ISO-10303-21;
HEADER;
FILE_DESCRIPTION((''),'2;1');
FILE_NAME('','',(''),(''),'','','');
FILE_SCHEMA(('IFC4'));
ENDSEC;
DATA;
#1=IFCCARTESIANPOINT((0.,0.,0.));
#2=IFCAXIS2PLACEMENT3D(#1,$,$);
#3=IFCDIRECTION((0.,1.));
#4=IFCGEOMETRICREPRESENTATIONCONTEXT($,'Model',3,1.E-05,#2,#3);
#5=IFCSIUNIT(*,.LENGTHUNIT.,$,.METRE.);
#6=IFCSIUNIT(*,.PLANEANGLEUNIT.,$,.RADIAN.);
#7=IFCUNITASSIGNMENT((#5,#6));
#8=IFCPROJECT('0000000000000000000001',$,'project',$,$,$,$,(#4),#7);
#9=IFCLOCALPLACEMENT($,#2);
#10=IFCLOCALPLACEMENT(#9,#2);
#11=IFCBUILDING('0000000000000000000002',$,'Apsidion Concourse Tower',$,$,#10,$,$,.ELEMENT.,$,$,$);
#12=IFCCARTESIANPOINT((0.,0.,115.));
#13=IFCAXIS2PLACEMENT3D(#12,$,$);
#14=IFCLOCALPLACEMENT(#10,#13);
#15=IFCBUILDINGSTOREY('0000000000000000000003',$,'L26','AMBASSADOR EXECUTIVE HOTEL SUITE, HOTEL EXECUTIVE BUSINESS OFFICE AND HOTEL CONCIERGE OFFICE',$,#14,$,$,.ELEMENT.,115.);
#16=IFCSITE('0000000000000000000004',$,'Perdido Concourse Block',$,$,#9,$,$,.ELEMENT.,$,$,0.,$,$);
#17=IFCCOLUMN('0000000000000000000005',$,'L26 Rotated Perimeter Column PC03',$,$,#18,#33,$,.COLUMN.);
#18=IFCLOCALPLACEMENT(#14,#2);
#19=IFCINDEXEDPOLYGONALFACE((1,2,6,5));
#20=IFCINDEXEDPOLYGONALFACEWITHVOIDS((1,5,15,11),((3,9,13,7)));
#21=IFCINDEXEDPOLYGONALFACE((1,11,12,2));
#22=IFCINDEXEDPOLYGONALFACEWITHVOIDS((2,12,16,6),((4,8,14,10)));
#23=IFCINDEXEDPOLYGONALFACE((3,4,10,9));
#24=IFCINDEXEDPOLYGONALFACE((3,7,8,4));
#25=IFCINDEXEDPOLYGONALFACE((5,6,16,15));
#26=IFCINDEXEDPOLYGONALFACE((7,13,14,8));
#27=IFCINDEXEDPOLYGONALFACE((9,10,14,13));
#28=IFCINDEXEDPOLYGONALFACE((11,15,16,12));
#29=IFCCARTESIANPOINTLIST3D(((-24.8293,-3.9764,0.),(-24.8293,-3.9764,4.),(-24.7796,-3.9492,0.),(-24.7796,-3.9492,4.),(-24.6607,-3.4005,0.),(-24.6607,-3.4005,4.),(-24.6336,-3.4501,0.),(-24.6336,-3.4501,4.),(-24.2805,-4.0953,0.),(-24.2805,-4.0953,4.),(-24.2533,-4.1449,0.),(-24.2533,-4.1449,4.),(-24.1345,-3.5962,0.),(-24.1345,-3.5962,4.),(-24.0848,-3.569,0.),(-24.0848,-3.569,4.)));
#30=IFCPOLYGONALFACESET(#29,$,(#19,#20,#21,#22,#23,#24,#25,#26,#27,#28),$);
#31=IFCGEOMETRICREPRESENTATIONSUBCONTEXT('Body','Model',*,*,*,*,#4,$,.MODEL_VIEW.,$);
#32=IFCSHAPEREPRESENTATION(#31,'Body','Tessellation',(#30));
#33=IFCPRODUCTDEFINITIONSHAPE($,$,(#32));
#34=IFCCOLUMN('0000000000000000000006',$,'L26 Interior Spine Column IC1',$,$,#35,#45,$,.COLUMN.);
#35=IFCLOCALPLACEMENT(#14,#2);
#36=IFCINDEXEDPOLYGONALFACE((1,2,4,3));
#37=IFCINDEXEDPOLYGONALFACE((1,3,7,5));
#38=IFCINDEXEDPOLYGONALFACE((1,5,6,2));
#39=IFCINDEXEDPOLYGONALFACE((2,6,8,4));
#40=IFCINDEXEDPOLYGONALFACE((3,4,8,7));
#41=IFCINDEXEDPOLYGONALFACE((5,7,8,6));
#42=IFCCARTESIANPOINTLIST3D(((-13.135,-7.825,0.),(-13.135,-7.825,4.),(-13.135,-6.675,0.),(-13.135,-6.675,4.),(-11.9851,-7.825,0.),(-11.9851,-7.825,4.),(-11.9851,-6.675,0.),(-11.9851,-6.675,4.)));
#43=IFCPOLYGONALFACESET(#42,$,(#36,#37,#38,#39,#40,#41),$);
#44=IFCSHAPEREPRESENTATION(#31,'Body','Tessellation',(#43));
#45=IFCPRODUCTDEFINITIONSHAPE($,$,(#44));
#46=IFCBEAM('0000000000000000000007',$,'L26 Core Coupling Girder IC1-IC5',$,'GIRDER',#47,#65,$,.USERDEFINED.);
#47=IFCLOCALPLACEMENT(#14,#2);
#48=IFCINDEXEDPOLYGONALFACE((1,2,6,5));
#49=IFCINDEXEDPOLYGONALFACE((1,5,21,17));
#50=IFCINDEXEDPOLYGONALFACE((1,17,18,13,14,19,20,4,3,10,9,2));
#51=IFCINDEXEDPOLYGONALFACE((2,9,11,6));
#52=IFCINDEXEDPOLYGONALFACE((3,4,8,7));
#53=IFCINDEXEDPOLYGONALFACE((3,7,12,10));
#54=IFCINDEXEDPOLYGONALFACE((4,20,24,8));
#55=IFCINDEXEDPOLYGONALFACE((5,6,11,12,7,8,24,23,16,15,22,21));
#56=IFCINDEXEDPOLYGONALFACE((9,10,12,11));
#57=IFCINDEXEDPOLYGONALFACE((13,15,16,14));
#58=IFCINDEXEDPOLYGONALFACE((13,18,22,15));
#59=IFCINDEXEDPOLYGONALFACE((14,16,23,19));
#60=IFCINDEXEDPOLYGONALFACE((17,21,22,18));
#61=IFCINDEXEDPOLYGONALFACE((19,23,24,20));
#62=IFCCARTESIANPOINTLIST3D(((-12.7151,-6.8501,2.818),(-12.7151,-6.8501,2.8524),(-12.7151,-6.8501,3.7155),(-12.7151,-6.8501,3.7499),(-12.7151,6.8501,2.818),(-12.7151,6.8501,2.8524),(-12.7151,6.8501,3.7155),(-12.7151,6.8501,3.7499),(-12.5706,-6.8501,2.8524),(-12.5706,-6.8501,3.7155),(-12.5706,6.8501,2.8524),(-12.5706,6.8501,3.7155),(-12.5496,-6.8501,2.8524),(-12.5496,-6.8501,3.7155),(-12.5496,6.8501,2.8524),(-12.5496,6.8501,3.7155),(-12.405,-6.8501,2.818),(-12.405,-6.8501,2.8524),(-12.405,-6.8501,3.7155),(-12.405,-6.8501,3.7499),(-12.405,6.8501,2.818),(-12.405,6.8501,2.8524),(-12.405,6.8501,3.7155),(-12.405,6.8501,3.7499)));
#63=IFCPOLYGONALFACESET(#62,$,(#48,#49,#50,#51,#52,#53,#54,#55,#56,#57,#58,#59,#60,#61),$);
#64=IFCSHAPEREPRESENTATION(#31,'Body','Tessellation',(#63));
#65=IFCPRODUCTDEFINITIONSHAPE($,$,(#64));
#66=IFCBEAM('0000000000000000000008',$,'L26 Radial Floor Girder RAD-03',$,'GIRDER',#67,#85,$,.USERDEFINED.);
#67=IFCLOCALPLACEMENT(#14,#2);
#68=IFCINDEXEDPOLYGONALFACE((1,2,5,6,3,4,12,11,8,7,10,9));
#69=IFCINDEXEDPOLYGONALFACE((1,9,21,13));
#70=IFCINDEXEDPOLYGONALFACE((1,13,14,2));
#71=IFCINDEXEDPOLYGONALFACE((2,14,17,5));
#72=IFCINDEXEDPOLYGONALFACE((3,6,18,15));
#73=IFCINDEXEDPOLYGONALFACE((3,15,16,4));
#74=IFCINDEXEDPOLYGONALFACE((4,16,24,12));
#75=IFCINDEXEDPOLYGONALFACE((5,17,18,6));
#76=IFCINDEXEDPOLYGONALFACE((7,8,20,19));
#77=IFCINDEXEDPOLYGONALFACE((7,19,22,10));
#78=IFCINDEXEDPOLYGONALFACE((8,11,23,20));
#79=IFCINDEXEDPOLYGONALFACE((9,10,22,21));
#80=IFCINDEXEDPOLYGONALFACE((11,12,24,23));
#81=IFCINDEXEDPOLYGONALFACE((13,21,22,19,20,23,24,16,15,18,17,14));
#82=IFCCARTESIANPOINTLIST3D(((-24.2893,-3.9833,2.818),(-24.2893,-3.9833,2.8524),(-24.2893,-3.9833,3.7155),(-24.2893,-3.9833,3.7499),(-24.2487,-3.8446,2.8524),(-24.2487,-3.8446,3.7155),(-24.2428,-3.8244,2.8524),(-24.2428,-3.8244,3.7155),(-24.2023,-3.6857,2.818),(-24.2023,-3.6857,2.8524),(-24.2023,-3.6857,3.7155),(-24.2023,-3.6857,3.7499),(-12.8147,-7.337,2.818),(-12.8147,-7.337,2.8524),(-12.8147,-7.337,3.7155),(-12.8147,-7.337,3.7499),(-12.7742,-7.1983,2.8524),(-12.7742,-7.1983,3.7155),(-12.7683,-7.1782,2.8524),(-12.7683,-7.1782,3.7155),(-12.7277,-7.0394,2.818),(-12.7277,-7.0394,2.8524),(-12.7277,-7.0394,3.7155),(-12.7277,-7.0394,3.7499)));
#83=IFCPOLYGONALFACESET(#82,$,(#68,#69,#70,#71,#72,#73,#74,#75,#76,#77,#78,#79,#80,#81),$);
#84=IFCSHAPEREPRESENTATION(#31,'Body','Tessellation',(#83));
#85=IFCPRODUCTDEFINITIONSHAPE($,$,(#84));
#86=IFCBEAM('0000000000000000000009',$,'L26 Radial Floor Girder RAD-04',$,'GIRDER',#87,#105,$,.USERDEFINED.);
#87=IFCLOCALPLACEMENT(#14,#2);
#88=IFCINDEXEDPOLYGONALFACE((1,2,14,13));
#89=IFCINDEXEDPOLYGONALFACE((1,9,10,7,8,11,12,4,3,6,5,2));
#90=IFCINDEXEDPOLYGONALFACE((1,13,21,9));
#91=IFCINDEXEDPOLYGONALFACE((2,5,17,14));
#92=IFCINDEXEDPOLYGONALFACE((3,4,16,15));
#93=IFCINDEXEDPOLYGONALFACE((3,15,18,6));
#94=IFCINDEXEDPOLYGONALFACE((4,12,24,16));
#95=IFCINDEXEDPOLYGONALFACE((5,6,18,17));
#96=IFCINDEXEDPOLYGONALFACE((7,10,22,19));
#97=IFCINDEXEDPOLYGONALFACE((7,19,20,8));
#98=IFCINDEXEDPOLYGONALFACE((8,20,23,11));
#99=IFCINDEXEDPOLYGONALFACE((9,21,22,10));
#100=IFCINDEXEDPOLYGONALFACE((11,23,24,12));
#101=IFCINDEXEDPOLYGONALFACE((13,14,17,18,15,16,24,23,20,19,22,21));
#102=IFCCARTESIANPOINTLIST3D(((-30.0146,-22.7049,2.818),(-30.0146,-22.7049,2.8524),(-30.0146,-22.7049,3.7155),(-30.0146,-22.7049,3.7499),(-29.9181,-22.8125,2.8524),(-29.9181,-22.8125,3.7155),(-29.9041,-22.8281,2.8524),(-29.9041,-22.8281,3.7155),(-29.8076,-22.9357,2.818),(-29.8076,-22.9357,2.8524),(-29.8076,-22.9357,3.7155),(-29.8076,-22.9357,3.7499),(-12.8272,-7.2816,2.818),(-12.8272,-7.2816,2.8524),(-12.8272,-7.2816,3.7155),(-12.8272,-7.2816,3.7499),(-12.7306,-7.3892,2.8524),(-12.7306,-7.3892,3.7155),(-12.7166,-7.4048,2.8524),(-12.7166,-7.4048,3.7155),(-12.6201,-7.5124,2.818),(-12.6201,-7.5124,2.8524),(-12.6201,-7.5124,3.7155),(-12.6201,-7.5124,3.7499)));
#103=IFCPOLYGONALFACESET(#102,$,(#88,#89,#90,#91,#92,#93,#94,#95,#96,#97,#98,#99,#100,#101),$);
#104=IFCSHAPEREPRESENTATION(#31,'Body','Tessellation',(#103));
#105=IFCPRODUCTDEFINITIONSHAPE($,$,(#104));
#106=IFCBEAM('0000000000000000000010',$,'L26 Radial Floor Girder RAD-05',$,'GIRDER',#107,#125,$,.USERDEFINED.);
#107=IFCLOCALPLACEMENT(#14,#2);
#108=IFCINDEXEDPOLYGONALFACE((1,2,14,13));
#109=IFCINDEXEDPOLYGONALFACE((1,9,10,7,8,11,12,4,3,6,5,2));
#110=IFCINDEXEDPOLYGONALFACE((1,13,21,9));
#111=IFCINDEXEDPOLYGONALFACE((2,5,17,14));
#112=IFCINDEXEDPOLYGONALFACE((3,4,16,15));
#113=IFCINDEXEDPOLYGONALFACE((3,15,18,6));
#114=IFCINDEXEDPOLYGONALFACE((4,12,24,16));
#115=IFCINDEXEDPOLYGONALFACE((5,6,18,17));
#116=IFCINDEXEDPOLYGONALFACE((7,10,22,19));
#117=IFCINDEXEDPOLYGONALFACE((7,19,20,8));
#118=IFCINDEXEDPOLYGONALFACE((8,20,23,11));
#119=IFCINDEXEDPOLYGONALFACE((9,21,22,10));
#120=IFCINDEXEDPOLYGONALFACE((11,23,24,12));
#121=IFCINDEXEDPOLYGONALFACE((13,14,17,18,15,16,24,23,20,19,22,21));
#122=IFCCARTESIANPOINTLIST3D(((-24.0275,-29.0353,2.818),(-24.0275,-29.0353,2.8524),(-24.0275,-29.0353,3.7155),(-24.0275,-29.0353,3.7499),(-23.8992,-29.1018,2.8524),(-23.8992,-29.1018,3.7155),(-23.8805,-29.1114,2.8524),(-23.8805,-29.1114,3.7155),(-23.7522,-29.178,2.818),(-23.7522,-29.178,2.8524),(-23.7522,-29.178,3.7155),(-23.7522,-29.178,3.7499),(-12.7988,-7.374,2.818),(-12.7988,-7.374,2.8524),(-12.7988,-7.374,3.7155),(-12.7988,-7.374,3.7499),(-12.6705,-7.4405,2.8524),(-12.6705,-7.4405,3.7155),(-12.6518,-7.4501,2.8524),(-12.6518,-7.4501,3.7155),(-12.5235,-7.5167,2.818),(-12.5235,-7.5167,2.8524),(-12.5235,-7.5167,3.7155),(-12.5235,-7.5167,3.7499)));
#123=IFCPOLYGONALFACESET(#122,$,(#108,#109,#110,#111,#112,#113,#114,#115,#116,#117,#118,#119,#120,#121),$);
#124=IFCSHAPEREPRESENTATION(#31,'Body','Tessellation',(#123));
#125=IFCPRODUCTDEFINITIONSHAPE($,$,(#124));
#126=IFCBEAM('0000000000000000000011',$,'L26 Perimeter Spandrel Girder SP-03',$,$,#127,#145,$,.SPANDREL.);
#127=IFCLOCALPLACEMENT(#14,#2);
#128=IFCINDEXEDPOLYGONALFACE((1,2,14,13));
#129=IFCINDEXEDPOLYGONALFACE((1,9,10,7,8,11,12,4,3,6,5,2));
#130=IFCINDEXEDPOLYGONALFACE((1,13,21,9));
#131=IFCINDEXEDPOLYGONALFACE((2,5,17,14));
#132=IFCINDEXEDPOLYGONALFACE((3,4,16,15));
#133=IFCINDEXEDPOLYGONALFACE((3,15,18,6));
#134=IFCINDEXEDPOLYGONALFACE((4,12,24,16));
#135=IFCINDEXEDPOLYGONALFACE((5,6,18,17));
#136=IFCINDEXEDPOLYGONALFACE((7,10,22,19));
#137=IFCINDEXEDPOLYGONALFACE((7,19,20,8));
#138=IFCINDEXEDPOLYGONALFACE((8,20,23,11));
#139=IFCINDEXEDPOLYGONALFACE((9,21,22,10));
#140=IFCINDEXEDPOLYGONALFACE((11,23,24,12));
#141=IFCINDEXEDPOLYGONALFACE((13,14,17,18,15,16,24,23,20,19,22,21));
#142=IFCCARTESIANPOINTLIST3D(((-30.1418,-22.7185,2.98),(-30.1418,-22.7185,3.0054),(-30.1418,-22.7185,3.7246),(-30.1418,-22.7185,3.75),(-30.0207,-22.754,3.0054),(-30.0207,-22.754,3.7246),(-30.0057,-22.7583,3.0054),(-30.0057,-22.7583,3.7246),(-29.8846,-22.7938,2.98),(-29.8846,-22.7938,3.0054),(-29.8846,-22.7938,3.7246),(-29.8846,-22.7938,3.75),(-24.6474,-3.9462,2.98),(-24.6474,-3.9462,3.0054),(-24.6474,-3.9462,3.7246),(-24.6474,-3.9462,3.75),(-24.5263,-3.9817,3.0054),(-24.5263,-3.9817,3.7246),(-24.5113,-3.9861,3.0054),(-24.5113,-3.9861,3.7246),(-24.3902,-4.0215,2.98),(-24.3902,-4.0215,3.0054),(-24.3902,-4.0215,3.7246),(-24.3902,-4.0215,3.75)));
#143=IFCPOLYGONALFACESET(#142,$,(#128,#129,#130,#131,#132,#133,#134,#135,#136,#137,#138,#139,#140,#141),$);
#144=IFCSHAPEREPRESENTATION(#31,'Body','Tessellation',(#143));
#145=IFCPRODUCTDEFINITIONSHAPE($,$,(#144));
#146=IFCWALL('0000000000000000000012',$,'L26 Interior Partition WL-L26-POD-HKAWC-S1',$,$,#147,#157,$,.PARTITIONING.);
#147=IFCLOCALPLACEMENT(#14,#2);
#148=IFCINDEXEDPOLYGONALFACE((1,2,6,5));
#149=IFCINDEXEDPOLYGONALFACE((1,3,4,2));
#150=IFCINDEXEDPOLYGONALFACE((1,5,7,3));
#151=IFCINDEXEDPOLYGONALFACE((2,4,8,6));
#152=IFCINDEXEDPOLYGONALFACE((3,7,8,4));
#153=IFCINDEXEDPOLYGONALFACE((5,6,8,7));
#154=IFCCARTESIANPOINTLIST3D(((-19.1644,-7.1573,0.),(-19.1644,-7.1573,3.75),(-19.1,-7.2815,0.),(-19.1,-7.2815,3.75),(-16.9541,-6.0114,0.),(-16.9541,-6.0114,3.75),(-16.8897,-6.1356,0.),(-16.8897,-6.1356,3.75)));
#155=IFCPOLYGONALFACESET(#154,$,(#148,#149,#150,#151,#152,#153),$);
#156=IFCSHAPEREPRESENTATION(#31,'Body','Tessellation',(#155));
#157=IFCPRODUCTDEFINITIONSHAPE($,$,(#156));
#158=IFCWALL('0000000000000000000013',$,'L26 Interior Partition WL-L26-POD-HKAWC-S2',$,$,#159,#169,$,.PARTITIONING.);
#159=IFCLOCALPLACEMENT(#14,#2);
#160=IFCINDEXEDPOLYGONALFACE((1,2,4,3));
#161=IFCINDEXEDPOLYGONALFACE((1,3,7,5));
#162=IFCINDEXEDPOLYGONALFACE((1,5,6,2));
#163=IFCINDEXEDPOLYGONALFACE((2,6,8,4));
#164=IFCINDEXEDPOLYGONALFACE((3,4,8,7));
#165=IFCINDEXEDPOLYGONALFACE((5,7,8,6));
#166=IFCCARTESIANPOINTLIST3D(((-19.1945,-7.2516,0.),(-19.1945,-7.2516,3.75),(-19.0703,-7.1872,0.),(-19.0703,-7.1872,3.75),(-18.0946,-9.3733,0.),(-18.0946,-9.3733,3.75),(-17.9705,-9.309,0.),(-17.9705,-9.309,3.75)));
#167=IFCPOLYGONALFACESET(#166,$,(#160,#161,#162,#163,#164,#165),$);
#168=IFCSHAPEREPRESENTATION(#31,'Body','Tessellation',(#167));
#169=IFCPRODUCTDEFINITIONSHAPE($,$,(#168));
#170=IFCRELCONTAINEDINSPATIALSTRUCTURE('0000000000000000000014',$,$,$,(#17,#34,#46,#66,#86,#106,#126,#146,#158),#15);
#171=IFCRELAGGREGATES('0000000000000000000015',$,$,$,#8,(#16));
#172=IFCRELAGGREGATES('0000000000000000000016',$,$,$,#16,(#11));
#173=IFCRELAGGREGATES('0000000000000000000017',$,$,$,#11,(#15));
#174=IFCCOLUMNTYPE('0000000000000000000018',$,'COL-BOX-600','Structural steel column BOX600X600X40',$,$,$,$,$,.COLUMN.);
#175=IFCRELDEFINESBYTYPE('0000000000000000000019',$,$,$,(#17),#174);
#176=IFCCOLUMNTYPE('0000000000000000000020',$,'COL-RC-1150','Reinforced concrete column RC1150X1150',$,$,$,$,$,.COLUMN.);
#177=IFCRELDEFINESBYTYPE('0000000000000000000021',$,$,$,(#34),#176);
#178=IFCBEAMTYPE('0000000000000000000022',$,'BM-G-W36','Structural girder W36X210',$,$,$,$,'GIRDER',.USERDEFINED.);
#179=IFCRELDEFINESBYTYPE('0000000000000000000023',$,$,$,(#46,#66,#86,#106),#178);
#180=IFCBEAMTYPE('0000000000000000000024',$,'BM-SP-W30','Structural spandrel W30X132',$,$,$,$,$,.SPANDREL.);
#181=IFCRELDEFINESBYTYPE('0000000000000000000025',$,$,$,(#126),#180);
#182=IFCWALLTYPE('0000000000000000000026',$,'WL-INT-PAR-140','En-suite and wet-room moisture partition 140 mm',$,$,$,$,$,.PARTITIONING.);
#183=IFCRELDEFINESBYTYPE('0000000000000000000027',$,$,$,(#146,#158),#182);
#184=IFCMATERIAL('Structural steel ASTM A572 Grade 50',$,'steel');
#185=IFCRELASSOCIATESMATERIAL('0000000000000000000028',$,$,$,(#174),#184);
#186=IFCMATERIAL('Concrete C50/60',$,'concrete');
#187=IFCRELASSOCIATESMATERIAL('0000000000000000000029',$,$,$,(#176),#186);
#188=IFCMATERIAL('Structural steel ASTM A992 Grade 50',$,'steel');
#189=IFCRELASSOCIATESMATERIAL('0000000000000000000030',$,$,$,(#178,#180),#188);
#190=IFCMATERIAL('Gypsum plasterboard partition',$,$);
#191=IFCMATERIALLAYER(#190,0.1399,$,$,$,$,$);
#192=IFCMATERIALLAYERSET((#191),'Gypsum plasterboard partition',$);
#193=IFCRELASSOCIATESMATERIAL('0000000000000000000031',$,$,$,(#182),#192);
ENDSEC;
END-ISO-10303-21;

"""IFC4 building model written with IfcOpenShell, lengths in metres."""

from ifc_helpers import new_model, si_unit, direction, frame, frame_2d, origin, origin_2d, place, context, subcontext, project, spatial, rectangle, hollow_rectangle, i_section, extrude, material, layer, layer_set, material_profile, profile_set, type_object, element, save


model = new_model("IFC4")

# Units and contexts
model_context = context("Model", 3, precision=1e-05, world=origin(), true_north=direction((0.0, 1.0)))
body_context = subcontext(model_context, "Body", "Model", "MODEL_VIEW")
ifc_project = project(units=[si_unit("LENGTHUNIT", "METRE"), si_unit("PLANEANGLEUNIT", "RADIAN")], contexts=[model_context])

# Site, building, storey
site_placement = place(None, origin())
site = spatial("IfcSite", under=ifc_project, at=site_placement, Name="Perdido Concourse Block", CompositionType="ELEMENT", RefElevation=0.0)
building_placement = place(site_placement, origin())
building = spatial("IfcBuilding", under=site, at=building_placement, Name="Apsidion Concourse Tower", CompositionType="ELEMENT")
storey_placement = place(building_placement, frame((0.0, 0.0, 115.0)))
storey = spatial("IfcBuildingStorey", under=building, at=storey_placement, Name="L26", Description="AMBASSADOR EXECUTIVE HOTEL SUITE, HOTEL EXECUTIVE BUSINESS OFFICE AND HOTEL CONCIERGE OFFICE", CompositionType="ELEMENT", Elevation=115.0)

# Columns
ifc_material_1 = material(Name="Structural steel ASTM A572 Grade 50", Category="steel")
ifc_material_profile_1 = material_profile(ifc_material_1, hollow_rectangle(XDim=0.6001, YDim=0.6001, WallThickness=0.04, at=origin_2d()), Name="BOX600X600X40")
ifc_profile_set_1 = profile_set([ifc_material_profile_1], Name="Structural steel ASTM A572 Grade 50")
column_type_1 = type_object("IfcColumnType", Name="COL-BOX-600", Description="Structural steel column BOX600X600X40", PredefinedType="COLUMN", material=ifc_profile_set_1)
column_1_placement = place(storey_placement, frame((-24.457, -3.7727, 0.0), z_axis=(0.0, 0.0, 1.0), x_axis=(0.280834, 0.959756, 0.0)))
element("IfcColumn", 1, at=column_1_placement, inside=storey, type_object=column_type_1, Name="L26 Rotated Perimeter Column PC03", PredefinedType="COLUMN", context=body_context, shape_type="SweptSolid", body=[
    extrude(hollow_rectangle(XDim=0.6001, YDim=0.6001, WallThickness=0.04, at=origin_2d()), origin(), (0.0, 0.0, 1.0), 4.0),
])
ifc_material_2 = material(Name="Concrete C50/60", Category="concrete")
ifc_material_profile_2 = material_profile(ifc_material_2, rectangle(XDim=1.1499, YDim=1.1499, at=origin_2d()), Name="RC 1150x1150")
ifc_profile_set_2 = profile_set([ifc_material_profile_2], Name="Concrete C50/60")
column_type_2 = type_object("IfcColumnType", Name="COL-RC-1150", Description="Reinforced concrete column RC1150X1150", PredefinedType="COLUMN", material=ifc_profile_set_2)
column_2_placement = place(storey_placement, frame((-12.5601, -7.25, 0.0), z_axis=(0.0, 0.0, 1.0), x_axis=(1.0, 0.0, 0.0)))
element("IfcColumn", 2, at=column_2_placement, inside=storey, type_object=column_type_2, Name="L26 Interior Spine Column IC1", PredefinedType="COLUMN", context=body_context, shape_type="SweptSolid", body=[
    extrude(rectangle(XDim=1.1499, YDim=1.1499, at=origin_2d()), origin(), (0.0, 0.0, 1.0), 4.0),
])

# Beams
ifc_material_3 = material(Name="Structural steel ASTM A992 Grade 50", Category="steel")
ifc_material_profile_3 = material_profile(ifc_material_3, i_section(OverallWidth=0.3101, OverallDepth=0.9319, WebThickness=0.021, FlangeThickness=0.0344, at=origin_2d()), Name="W36X210")
ifc_profile_set_3 = profile_set([ifc_material_profile_3], Name="Structural steel ASTM A992 Grade 50")
beam_type_1 = type_object("IfcBeamType", Name="BM-G-W36", Description="Structural girder W36X210", ElementType="GIRDER", PredefinedType="USERDEFINED", material=ifc_profile_set_3)
beam_1_placement = place(storey_placement, frame((-12.5601, -6.8501, 3.2839), z_axis=(0.0, 1.0, 0.0), x_axis=(-1.0, 0.0, 0.0)))
element("IfcBeam", 3, at=beam_1_placement, inside=storey, type_object=beam_type_1, Name="L26 Core Coupling Girder IC1-IC5", ObjectType="GIRDER", PredefinedType="USERDEFINED", context=body_context, shape_type="SweptSolid", body=[
    extrude(i_section(OverallWidth=0.3101, OverallDepth=0.9319, WebThickness=0.021, FlangeThickness=0.0344, at=origin_2d()), origin(), (0.0, 0.0, 1.0), 13.7002),
])
beam_2_placement = place(storey_placement, frame((-12.7712, -7.1882, 3.2839), z_axis=(-0.959842, 0.280539, 0.0), x_axis=(-0.280539, -0.959842, 0.0)))
element("IfcBeam", 4, at=beam_2_placement, inside=storey, type_object=beam_type_1, Name="L26 Radial Floor Girder RAD-03", ObjectType="GIRDER", PredefinedType="USERDEFINED", context=body_context, shape_type="SweptSolid", body=[
    extrude(i_section(OverallWidth=0.3101, OverallDepth=0.9319, WebThickness=0.021, FlangeThickness=0.0344, at=origin_2d()), origin(), (0.0, 0.0, 1.0), 11.9546),
])
beam_3_placement = place(storey_placement, frame((-12.7236, -7.397, 3.2839), z_axis=(-0.744271, -0.667878, 0.0), x_axis=(0.667878, -0.744271, 0.0)))
element("IfcBeam", 5, at=beam_3_placement, inside=storey, type_object=beam_type_1, Name="L26 Radial Floor Girder RAD-04", ObjectType="GIRDER", PredefinedType="USERDEFINED", context=body_context, shape_type="SweptSolid", body=[
    extrude(i_section(OverallWidth=0.3101, OverallDepth=0.9319, WebThickness=0.021, FlangeThickness=0.0344, at=origin_2d()), origin(), (0.0, 0.0, 1.0), 23.093),
])
beam_4_placement = place(storey_placement, frame((-12.6611, -7.4453, 3.2839), z_axis=(-0.460218, -0.887806, 0.0), x_axis=(0.887806, -0.460218, 0.0)))
element("IfcBeam", 6, at=beam_4_placement, inside=storey, type_object=beam_type_1, Name="L26 Radial Floor Girder RAD-05", ObjectType="GIRDER", PredefinedType="USERDEFINED", context=body_context, shape_type="SweptSolid", body=[
    extrude(i_section(OverallWidth=0.3101, OverallDepth=0.9319, WebThickness=0.021, FlangeThickness=0.0344, at=origin_2d()), origin(), (0.0, 0.0, 1.0), 24.3987),
])
ifc_material_profile_4 = material_profile(ifc_material_3, i_section(OverallWidth=0.2681, OverallDepth=0.77, WebThickness=0.0156, FlangeThickness=0.0254, at=origin_2d()), Name="W30X132")
ifc_profile_set_4 = profile_set([ifc_material_profile_4], Name="Structural steel ASTM A992 Grade 50")
beam_type_2 = type_object("IfcBeamType", Name="BM-SP-W30", Description="Structural spandrel W30X132", PredefinedType="SPANDREL", material=ifc_profile_set_4)
beam_5_placement = place(storey_placement, frame((-24.5188, -3.9839, 3.365), z_axis=(-0.280902, -0.959736, 0.0), x_axis=(0.959736, -0.280902, 0.0)))
element("IfcBeam", 7, at=beam_5_placement, inside=storey, type_object=beam_type_2, Name="L26 Perimeter Spandrel Girder SP-03", PredefinedType="SPANDREL", context=body_context, shape_type="SweptSolid", body=[
    extrude(i_section(OverallWidth=0.2681, OverallDepth=0.77, WebThickness=0.0156, FlangeThickness=0.0254, at=origin_2d()), origin(), (0.0, 0.0, 1.0), 19.5598),
])

# Walls
ifc_material_4 = material(Name="Gypsum plasterboard partition")
ifc_layer_1 = layer(ifc_material_4, 0.1399)
ifc_layer_set_1 = layer_set([ifc_layer_1], Name="Gypsum plasterboard partition")
wall_type_1 = type_object("IfcWallType", Name="WL-INT-PAR-140", Description="En-suite and wet-room moisture partition 140 mm", PredefinedType="PARTITIONING", material=ifc_layer_set_1)
wall_1_placement = place(storey_placement, frame((-16.9219, -6.0735, 0.0), z_axis=(0.0, 0.0, 1.0), x_axis=(-0.887781, -0.460266, 0.0)))
element("IfcWall", 8, at=wall_1_placement, inside=storey, type_object=wall_type_1, Name="L26 Interior Partition WL-L26-POD-HKAWC-S1", PredefinedType="PARTITIONING", context=body_context, shape_type="SweptSolid", body=[
    extrude(rectangle(XDim=2.4897, YDim=0.1399, at=frame_2d((1.2449, 0.0))), origin(), (0.0, 0.0, 1.0), 3.75),
])
wall_2_placement = place(storey_placement, frame((-19.1323, -7.2195, 0.0), z_axis=(0.0, 0.0, 1.0), x_axis=(0.460201, -0.887815, 0.0)))
element("IfcWall", 9, at=wall_2_placement, inside=storey, type_object=wall_type_1, Name="L26 Interior Partition WL-L26-POD-HKAWC-S2", PredefinedType="PARTITIONING", context=body_context, shape_type="SweptSolid", body=[
    extrude(rectangle(XDim=2.3899, YDim=0.1399, at=frame_2d((1.1948, 0.0))), origin(), (0.0, 0.0, 1.0), 3.75),
])

save(model, "model.ifc")
